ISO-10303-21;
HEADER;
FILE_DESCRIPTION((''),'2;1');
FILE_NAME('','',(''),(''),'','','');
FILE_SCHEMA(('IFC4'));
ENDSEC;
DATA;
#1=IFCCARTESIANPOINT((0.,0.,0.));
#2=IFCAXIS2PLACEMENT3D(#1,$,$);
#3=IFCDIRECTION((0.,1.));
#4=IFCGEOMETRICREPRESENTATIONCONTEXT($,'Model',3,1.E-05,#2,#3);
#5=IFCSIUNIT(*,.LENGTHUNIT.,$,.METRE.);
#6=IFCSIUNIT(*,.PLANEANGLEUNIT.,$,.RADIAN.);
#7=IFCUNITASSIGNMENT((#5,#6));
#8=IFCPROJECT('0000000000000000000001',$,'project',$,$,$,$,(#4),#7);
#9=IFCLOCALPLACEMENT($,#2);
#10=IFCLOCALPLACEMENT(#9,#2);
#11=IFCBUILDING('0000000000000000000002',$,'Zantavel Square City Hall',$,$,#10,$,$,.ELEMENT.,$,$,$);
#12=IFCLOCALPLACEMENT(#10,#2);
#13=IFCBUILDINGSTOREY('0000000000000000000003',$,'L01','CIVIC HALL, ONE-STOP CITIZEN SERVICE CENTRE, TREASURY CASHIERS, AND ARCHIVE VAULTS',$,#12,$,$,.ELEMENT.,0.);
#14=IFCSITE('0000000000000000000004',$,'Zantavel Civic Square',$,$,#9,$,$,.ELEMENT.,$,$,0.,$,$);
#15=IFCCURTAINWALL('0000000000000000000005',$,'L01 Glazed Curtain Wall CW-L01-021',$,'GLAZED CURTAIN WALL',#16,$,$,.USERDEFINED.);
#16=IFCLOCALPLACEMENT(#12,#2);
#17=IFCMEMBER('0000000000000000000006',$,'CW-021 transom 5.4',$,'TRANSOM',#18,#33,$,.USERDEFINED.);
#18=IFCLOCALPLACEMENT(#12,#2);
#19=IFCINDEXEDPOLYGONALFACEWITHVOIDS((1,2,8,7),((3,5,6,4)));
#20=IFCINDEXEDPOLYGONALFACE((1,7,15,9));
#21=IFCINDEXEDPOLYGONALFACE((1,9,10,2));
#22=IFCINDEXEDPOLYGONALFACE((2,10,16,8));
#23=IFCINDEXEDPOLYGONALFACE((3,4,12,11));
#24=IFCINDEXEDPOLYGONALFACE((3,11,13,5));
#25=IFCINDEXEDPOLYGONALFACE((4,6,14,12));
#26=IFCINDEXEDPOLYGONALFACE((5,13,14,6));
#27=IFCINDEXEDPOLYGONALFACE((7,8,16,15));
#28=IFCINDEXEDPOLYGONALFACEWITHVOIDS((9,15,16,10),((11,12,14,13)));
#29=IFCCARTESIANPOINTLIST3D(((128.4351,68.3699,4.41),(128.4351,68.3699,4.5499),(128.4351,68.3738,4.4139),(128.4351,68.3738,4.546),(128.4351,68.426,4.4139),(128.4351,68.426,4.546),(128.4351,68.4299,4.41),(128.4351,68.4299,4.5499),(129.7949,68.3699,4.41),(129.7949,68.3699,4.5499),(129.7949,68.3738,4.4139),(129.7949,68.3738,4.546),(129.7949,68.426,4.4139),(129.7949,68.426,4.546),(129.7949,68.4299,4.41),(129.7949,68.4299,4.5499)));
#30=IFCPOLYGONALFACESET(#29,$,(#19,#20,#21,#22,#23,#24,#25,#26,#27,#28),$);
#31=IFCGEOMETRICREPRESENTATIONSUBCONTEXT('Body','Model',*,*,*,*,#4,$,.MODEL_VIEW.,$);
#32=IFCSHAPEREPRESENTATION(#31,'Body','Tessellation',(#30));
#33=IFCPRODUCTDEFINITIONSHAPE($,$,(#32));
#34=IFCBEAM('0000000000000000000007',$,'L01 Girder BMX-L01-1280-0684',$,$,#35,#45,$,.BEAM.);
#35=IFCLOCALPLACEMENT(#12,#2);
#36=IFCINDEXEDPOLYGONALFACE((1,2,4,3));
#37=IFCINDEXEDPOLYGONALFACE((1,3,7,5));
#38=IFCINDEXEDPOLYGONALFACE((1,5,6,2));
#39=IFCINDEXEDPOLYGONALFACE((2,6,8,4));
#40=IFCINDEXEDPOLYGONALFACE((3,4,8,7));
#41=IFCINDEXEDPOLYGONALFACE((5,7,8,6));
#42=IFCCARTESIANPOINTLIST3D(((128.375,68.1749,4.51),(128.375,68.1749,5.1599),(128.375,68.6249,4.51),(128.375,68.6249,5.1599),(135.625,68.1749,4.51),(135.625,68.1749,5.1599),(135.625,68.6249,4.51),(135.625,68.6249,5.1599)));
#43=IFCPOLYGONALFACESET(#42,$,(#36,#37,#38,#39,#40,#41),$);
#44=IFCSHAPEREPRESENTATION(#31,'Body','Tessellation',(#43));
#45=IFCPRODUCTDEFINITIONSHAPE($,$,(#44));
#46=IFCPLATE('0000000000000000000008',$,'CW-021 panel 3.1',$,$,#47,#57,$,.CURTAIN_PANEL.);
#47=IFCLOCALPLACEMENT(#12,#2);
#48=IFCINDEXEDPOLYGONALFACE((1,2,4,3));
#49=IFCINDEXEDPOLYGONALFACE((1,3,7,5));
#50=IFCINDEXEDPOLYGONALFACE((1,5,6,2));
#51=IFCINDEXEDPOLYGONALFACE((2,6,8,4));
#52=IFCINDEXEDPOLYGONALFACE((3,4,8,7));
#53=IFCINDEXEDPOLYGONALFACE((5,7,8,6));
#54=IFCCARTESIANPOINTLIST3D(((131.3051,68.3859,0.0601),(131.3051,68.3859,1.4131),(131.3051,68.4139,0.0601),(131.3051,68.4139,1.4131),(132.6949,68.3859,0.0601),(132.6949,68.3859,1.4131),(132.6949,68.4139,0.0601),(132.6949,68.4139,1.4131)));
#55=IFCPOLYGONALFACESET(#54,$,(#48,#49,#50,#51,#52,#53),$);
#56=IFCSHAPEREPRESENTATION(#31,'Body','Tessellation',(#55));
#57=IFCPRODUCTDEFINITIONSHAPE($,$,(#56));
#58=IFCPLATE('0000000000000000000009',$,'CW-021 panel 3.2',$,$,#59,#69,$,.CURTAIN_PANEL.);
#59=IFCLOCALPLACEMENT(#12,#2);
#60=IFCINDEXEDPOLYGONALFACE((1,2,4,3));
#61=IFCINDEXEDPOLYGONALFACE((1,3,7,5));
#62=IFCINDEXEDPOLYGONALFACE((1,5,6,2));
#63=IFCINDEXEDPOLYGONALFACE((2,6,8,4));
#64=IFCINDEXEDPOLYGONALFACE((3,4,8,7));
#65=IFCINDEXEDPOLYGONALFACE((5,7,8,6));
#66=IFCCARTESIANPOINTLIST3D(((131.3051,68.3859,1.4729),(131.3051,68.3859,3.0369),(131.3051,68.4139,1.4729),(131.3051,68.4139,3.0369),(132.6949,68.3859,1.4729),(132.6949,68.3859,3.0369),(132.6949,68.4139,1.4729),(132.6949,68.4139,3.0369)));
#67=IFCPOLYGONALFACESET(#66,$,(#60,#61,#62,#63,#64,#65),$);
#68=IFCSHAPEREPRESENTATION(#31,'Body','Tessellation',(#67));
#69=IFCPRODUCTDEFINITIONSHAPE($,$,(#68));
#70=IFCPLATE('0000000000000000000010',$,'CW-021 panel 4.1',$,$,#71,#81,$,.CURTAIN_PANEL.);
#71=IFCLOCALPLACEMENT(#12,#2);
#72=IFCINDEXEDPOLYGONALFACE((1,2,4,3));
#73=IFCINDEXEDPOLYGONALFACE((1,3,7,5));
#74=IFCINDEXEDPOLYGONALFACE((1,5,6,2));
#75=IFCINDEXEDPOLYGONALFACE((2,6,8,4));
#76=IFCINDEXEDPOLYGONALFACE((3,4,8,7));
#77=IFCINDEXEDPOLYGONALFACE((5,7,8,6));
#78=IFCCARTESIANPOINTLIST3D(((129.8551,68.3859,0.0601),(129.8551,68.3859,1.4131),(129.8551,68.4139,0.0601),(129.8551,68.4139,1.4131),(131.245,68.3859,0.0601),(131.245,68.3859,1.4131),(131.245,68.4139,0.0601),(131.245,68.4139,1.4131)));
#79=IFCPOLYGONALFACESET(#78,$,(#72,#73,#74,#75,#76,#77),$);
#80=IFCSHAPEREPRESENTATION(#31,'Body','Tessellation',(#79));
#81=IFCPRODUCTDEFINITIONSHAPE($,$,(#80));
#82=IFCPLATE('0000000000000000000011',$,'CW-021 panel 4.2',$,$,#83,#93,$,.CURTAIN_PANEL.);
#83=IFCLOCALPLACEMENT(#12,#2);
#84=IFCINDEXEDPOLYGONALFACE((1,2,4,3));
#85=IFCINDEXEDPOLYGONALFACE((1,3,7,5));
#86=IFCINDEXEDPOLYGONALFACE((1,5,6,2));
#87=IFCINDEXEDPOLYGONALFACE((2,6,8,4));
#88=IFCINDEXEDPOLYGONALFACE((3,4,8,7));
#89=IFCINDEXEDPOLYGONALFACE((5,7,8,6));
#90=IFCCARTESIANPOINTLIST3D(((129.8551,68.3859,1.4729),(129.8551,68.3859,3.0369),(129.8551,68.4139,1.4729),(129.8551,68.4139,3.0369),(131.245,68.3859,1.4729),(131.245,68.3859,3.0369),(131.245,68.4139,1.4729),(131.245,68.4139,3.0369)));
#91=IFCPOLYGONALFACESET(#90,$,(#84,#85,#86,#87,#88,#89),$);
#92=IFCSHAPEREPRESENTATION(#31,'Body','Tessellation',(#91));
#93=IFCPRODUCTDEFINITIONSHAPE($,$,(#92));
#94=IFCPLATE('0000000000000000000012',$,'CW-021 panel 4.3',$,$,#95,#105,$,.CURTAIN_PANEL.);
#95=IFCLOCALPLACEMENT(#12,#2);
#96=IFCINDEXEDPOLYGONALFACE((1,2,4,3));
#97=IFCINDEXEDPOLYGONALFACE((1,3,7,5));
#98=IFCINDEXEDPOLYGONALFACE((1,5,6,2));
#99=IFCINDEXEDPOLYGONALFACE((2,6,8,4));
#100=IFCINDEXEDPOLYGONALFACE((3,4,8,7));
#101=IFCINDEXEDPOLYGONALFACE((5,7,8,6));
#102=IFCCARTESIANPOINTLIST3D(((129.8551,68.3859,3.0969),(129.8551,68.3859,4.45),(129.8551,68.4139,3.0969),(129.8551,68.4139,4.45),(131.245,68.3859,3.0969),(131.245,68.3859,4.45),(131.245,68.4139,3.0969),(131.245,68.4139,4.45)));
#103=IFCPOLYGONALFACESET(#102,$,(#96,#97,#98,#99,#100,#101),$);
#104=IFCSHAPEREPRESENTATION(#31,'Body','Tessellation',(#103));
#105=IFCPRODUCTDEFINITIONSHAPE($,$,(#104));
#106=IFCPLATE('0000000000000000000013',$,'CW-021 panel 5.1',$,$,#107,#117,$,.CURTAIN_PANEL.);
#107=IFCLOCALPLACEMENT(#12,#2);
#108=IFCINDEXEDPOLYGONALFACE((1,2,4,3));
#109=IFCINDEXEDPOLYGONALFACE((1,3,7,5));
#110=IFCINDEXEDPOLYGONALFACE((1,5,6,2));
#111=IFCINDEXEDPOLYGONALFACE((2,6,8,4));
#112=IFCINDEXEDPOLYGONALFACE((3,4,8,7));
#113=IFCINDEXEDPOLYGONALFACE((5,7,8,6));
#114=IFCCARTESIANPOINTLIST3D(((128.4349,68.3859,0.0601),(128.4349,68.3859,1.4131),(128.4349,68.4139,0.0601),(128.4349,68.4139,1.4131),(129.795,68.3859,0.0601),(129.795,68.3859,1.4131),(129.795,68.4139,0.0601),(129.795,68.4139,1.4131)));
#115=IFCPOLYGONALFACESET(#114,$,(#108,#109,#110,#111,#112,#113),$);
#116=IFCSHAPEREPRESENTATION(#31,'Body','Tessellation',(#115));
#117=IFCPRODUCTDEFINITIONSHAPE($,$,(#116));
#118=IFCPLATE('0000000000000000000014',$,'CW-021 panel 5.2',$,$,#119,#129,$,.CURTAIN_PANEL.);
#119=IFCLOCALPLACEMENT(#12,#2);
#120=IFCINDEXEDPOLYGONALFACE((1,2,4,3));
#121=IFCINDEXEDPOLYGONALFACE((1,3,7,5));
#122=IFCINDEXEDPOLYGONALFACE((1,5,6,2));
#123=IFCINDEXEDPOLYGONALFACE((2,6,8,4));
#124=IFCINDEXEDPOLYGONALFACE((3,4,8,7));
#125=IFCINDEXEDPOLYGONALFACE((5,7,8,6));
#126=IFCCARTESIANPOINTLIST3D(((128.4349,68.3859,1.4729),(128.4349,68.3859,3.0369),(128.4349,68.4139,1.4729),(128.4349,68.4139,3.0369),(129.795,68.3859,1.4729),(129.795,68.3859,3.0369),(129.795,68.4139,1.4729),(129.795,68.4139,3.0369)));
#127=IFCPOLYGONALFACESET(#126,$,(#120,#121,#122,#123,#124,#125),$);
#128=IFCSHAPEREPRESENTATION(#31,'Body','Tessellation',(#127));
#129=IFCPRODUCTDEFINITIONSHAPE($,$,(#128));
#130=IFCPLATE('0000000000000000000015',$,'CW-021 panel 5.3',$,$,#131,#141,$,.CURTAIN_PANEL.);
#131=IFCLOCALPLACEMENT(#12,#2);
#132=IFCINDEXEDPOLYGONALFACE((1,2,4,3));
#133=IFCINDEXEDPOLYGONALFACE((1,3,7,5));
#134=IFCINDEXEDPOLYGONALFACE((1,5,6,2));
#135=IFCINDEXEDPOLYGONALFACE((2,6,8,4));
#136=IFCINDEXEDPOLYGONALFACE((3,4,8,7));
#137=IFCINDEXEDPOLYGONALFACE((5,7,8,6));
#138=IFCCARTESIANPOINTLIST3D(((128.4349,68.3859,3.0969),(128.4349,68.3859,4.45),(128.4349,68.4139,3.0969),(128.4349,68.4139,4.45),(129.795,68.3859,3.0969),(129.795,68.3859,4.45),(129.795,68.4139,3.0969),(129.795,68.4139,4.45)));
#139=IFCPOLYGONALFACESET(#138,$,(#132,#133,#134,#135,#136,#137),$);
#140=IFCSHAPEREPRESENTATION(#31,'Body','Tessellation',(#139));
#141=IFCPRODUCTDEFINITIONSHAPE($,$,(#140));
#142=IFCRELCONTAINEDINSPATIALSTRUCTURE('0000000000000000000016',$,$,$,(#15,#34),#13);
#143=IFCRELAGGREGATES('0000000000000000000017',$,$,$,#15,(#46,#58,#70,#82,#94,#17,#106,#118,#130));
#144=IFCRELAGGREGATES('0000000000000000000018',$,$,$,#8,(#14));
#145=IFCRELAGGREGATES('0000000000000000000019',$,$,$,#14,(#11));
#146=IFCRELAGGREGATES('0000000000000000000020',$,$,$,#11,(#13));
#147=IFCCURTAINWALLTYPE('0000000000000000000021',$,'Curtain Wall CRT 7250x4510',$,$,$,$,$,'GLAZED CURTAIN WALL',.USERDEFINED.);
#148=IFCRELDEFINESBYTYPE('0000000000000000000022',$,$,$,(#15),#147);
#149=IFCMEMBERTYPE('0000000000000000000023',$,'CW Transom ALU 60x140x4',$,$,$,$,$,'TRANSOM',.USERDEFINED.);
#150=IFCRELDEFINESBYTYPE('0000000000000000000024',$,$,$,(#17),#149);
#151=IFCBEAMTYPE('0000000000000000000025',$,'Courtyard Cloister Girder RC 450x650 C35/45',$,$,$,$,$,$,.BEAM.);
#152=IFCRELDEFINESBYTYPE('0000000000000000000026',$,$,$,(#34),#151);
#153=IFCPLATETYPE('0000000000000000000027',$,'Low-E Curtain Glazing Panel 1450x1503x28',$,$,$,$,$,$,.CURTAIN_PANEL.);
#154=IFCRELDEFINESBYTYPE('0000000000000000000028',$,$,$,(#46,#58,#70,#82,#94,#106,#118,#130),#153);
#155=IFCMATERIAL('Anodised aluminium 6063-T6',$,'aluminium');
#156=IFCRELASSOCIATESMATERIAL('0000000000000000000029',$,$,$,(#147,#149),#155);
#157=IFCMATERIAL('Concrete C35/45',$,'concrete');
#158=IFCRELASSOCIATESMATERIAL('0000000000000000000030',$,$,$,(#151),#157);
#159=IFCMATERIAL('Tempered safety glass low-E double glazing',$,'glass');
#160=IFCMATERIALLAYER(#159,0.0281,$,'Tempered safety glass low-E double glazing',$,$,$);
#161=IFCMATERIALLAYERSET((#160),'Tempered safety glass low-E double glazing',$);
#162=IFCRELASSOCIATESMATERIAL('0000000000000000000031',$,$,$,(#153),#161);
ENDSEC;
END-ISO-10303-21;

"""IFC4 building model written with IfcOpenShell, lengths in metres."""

from ifc_helpers import new_model, si_unit, direction, frame, origin, origin_2d, place, context, subcontext, project, spatial, rectangle, hollow_rectangle, extrude, material, layer, layer_set, material_profile, profile_set, type_object, element, aggregate, save


model = new_model("IFC4")

# Units and contexts
model_context = context("Model", 3, precision=1e-05, world=origin(), true_north=direction((0.0, 1.0)))
body_context = subcontext(model_context, "Body", "Model", "MODEL_VIEW")
ifc_project = project(units=[si_unit("LENGTHUNIT", "METRE"), si_unit("PLANEANGLEUNIT", "RADIAN")], contexts=[model_context])

# Site, building, storey
site_placement = place(None, origin())
site = spatial("IfcSite", under=ifc_project, at=site_placement, Name="Zantavel Civic Square", CompositionType="ELEMENT", RefElevation=0.0)
building_placement = place(site_placement, origin())
building = spatial("IfcBuilding", under=site, at=building_placement, Name="Zantavel Square City Hall", CompositionType="ELEMENT")
storey_placement = place(building_placement, origin())
storey = spatial("IfcBuildingStorey", under=building, at=storey_placement, Name="L01", Description="CIVIC HALL, ONE-STOP CITIZEN SERVICE CENTRE, TREASURY CASHIERS, AND ARCHIVE VAULTS", CompositionType="ELEMENT", Elevation=0.0)

# Curtain wall, member
ifc_material_1 = material(Name="Anodised aluminium 6063-T6", Category="aluminium")
curtain_wall_type = type_object("IfcCurtainWallType", Name="Curtain Wall CRT 7250x4510", ElementType="GLAZED CURTAIN WALL", PredefinedType="USERDEFINED", material=ifc_material_1)
curtain_wall_placement = place(storey_placement, origin())
curtain_wall = element("IfcCurtainWall", 1, at=curtain_wall_placement, inside=storey, type_object=curtain_wall_type, Name="L01 Glazed Curtain Wall CW-L01-021", ObjectType="GLAZED CURTAIN WALL", PredefinedType="USERDEFINED")
ifc_material_profile_1 = material_profile(ifc_material_1, hollow_rectangle(XDim=0.0601, YDim=0.1399, WallThickness=0.0039, at=origin_2d()), Name="ALU 60x140x4")
ifc_profile_set_1 = profile_set([ifc_material_profile_1], Name="Anodised aluminium 6063-T6")
member_type_1 = type_object("IfcMemberType", Name="CW Transom ALU 60x140x4", ElementType="TRANSOM", PredefinedType="USERDEFINED", material=ifc_profile_set_1)
member_1_placement = place(storey_placement, frame((129.7949, 68.3999, 4.48), z_axis=(-1.0, 0.0, 0.0), x_axis=(0.0, -1.0, 0.0)))
member_1 = element("IfcMember", 2, at=member_1_placement, type_object=member_type_1, Name="CW-021 transom 5.4", ObjectType="TRANSOM", PredefinedType="USERDEFINED", context=body_context, shape_type="SweptSolid", body=[
    extrude(hollow_rectangle(XDim=0.0601, YDim=0.1399, WallThickness=0.0039, at=origin_2d()), origin(), (0.0, 0.0, 1.0), 1.3599),
])

# Beam
ifc_material_2 = material(Name="Concrete C35/45", Category="concrete")
ifc_material_profile_2 = material_profile(ifc_material_2, rectangle(XDim=0.45, YDim=0.6499, at=origin_2d()), Name="RC 450x650")
ifc_profile_set_2 = profile_set([ifc_material_profile_2], Name="Concrete C35/45")
beam_type = type_object("IfcBeamType", Name="Courtyard Cloister Girder RC 450x650 C35/45", PredefinedType="BEAM", material=ifc_profile_set_2)
beam_placement = place(storey_placement, frame((128.375, 68.3999, 4.835), z_axis=(1.0, 0.0, 0.0), x_axis=(0.0, 1.0, 0.0)))
element("IfcBeam", 3, at=beam_placement, inside=storey, type_object=beam_type, Name="L01 Girder BMX-L01-1280-0684", PredefinedType="BEAM", context=body_context, shape_type="SweptSolid", body=[
    extrude(rectangle(XDim=0.45, YDim=0.6499, at=origin_2d()), origin(), (0.0, 0.0, 1.0), 7.25),
])

# Plates
ifc_material_3 = material(Name="Tempered safety glass low-E double glazing", Category="glass")
ifc_layer = layer(ifc_material_3, 0.0281, Name="Tempered safety glass low-E double glazing")
ifc_layer_set = layer_set([ifc_layer], Name="Tempered safety glass low-E double glazing")
plate_type = type_object("IfcPlateType", Name="Low-E Curtain Glazing Panel 1450x1503x28", PredefinedType="CURTAIN_PANEL", material=ifc_layer_set)
plate_1_placement = place(storey_placement, frame((132.0, 68.3999, 0.0601), z_axis=(0.0, 0.0, 1.0), x_axis=(-1.0, 0.0, 0.0)))
plate_1 = element("IfcPlate", 4, at=plate_1_placement, type_object=plate_type, Name="CW-021 panel 3.1", PredefinedType="CURTAIN_PANEL", context=body_context, shape_type="SweptSolid", body=[
    extrude(rectangle(XDim=1.3899, YDim=0.0281, at=origin_2d()), origin(), (0.0, 0.0, 1.0), 1.353),
])
plate_2_placement = place(storey_placement, frame((132.0, 68.3999, 1.4729), z_axis=(0.0, 0.0, 1.0), x_axis=(-1.0, 0.0, 0.0)))
plate_2 = element("IfcPlate", 5, at=plate_2_placement, type_object=plate_type, Name="CW-021 panel 3.2", PredefinedType="CURTAIN_PANEL", context=body_context, shape_type="SweptSolid", body=[
    extrude(rectangle(XDim=1.3899, YDim=0.0281, at=origin_2d()), origin(), (0.0, 0.0, 1.0), 1.564),
])
plate_3_placement = place(storey_placement, frame((130.55, 68.3999, 0.0601), z_axis=(0.0, 0.0, 1.0), x_axis=(-1.0, 0.0, 0.0)))
plate_3 = element("IfcPlate", 6, at=plate_3_placement, type_object=plate_type, Name="CW-021 panel 4.1", PredefinedType="CURTAIN_PANEL", context=body_context, shape_type="SweptSolid", body=[
    extrude(rectangle(XDim=1.3899, YDim=0.0281, at=origin_2d()), origin(), (0.0, 0.0, 1.0), 1.353),
])
plate_4_placement = place(storey_placement, frame((130.55, 68.3999, 1.4729), z_axis=(0.0, 0.0, 1.0), x_axis=(-1.0, 0.0, 0.0)))
plate_4 = element("IfcPlate", 7, at=plate_4_placement, type_object=plate_type, Name="CW-021 panel 4.2", PredefinedType="CURTAIN_PANEL", context=body_context, shape_type="SweptSolid", body=[
    extrude(rectangle(XDim=1.3899, YDim=0.0281, at=origin_2d()), origin(), (0.0, 0.0, 1.0), 1.564),
])
plate_5_placement = place(storey_placement, frame((130.55, 68.3999, 3.0969), z_axis=(0.0, 0.0, 1.0), x_axis=(-1.0, 0.0, 0.0)))
plate_5 = element("IfcPlate", 8, at=plate_5_placement, type_object=plate_type, Name="CW-021 panel 4.3", PredefinedType="CURTAIN_PANEL", context=body_context, shape_type="SweptSolid", body=[
    extrude(rectangle(XDim=1.3899, YDim=0.0281, at=origin_2d()), origin(), (0.0, 0.0, 1.0), 1.353),
])
plate_6_placement = place(storey_placement, frame((129.115, 68.3999, 0.0601), z_axis=(0.0, 0.0, 1.0), x_axis=(-1.0, 0.0, 0.0)))
plate_6 = element("IfcPlate", 9, at=plate_6_placement, type_object=plate_type, Name="CW-021 panel 5.1", PredefinedType="CURTAIN_PANEL", context=body_context, shape_type="SweptSolid", body=[
    extrude(rectangle(XDim=1.3601, YDim=0.0281, at=origin_2d()), origin(), (0.0, 0.0, 1.0), 1.353),
])
plate_7_placement = place(storey_placement, frame((129.115, 68.3999, 1.4729), z_axis=(0.0, 0.0, 1.0), x_axis=(-1.0, 0.0, 0.0)))
plate_7 = element("IfcPlate", 10, at=plate_7_placement, type_object=plate_type, Name="CW-021 panel 5.2", PredefinedType="CURTAIN_PANEL", context=body_context, shape_type="SweptSolid", body=[
    extrude(rectangle(XDim=1.3601, YDim=0.0281, at=origin_2d()), origin(), (0.0, 0.0, 1.0), 1.564),
])
plate_8_placement = place(storey_placement, frame((129.115, 68.3999, 3.0969), z_axis=(0.0, 0.0, 1.0), x_axis=(-1.0, 0.0, 0.0)))
plate_8 = element("IfcPlate", 11, at=plate_8_placement, type_object=plate_type, Name="CW-021 panel 5.3", PredefinedType="CURTAIN_PANEL", context=body_context, shape_type="SweptSolid", body=[
    extrude(rectangle(XDim=1.3601, YDim=0.0281, at=origin_2d()), origin(), (0.0, 0.0, 1.0), 1.353),
])
aggregate(curtain_wall, [plate_1, plate_2, plate_3, plate_4, plate_5, member_1, plate_6, plate_7, plate_8])

save(model, "model.ifc")
